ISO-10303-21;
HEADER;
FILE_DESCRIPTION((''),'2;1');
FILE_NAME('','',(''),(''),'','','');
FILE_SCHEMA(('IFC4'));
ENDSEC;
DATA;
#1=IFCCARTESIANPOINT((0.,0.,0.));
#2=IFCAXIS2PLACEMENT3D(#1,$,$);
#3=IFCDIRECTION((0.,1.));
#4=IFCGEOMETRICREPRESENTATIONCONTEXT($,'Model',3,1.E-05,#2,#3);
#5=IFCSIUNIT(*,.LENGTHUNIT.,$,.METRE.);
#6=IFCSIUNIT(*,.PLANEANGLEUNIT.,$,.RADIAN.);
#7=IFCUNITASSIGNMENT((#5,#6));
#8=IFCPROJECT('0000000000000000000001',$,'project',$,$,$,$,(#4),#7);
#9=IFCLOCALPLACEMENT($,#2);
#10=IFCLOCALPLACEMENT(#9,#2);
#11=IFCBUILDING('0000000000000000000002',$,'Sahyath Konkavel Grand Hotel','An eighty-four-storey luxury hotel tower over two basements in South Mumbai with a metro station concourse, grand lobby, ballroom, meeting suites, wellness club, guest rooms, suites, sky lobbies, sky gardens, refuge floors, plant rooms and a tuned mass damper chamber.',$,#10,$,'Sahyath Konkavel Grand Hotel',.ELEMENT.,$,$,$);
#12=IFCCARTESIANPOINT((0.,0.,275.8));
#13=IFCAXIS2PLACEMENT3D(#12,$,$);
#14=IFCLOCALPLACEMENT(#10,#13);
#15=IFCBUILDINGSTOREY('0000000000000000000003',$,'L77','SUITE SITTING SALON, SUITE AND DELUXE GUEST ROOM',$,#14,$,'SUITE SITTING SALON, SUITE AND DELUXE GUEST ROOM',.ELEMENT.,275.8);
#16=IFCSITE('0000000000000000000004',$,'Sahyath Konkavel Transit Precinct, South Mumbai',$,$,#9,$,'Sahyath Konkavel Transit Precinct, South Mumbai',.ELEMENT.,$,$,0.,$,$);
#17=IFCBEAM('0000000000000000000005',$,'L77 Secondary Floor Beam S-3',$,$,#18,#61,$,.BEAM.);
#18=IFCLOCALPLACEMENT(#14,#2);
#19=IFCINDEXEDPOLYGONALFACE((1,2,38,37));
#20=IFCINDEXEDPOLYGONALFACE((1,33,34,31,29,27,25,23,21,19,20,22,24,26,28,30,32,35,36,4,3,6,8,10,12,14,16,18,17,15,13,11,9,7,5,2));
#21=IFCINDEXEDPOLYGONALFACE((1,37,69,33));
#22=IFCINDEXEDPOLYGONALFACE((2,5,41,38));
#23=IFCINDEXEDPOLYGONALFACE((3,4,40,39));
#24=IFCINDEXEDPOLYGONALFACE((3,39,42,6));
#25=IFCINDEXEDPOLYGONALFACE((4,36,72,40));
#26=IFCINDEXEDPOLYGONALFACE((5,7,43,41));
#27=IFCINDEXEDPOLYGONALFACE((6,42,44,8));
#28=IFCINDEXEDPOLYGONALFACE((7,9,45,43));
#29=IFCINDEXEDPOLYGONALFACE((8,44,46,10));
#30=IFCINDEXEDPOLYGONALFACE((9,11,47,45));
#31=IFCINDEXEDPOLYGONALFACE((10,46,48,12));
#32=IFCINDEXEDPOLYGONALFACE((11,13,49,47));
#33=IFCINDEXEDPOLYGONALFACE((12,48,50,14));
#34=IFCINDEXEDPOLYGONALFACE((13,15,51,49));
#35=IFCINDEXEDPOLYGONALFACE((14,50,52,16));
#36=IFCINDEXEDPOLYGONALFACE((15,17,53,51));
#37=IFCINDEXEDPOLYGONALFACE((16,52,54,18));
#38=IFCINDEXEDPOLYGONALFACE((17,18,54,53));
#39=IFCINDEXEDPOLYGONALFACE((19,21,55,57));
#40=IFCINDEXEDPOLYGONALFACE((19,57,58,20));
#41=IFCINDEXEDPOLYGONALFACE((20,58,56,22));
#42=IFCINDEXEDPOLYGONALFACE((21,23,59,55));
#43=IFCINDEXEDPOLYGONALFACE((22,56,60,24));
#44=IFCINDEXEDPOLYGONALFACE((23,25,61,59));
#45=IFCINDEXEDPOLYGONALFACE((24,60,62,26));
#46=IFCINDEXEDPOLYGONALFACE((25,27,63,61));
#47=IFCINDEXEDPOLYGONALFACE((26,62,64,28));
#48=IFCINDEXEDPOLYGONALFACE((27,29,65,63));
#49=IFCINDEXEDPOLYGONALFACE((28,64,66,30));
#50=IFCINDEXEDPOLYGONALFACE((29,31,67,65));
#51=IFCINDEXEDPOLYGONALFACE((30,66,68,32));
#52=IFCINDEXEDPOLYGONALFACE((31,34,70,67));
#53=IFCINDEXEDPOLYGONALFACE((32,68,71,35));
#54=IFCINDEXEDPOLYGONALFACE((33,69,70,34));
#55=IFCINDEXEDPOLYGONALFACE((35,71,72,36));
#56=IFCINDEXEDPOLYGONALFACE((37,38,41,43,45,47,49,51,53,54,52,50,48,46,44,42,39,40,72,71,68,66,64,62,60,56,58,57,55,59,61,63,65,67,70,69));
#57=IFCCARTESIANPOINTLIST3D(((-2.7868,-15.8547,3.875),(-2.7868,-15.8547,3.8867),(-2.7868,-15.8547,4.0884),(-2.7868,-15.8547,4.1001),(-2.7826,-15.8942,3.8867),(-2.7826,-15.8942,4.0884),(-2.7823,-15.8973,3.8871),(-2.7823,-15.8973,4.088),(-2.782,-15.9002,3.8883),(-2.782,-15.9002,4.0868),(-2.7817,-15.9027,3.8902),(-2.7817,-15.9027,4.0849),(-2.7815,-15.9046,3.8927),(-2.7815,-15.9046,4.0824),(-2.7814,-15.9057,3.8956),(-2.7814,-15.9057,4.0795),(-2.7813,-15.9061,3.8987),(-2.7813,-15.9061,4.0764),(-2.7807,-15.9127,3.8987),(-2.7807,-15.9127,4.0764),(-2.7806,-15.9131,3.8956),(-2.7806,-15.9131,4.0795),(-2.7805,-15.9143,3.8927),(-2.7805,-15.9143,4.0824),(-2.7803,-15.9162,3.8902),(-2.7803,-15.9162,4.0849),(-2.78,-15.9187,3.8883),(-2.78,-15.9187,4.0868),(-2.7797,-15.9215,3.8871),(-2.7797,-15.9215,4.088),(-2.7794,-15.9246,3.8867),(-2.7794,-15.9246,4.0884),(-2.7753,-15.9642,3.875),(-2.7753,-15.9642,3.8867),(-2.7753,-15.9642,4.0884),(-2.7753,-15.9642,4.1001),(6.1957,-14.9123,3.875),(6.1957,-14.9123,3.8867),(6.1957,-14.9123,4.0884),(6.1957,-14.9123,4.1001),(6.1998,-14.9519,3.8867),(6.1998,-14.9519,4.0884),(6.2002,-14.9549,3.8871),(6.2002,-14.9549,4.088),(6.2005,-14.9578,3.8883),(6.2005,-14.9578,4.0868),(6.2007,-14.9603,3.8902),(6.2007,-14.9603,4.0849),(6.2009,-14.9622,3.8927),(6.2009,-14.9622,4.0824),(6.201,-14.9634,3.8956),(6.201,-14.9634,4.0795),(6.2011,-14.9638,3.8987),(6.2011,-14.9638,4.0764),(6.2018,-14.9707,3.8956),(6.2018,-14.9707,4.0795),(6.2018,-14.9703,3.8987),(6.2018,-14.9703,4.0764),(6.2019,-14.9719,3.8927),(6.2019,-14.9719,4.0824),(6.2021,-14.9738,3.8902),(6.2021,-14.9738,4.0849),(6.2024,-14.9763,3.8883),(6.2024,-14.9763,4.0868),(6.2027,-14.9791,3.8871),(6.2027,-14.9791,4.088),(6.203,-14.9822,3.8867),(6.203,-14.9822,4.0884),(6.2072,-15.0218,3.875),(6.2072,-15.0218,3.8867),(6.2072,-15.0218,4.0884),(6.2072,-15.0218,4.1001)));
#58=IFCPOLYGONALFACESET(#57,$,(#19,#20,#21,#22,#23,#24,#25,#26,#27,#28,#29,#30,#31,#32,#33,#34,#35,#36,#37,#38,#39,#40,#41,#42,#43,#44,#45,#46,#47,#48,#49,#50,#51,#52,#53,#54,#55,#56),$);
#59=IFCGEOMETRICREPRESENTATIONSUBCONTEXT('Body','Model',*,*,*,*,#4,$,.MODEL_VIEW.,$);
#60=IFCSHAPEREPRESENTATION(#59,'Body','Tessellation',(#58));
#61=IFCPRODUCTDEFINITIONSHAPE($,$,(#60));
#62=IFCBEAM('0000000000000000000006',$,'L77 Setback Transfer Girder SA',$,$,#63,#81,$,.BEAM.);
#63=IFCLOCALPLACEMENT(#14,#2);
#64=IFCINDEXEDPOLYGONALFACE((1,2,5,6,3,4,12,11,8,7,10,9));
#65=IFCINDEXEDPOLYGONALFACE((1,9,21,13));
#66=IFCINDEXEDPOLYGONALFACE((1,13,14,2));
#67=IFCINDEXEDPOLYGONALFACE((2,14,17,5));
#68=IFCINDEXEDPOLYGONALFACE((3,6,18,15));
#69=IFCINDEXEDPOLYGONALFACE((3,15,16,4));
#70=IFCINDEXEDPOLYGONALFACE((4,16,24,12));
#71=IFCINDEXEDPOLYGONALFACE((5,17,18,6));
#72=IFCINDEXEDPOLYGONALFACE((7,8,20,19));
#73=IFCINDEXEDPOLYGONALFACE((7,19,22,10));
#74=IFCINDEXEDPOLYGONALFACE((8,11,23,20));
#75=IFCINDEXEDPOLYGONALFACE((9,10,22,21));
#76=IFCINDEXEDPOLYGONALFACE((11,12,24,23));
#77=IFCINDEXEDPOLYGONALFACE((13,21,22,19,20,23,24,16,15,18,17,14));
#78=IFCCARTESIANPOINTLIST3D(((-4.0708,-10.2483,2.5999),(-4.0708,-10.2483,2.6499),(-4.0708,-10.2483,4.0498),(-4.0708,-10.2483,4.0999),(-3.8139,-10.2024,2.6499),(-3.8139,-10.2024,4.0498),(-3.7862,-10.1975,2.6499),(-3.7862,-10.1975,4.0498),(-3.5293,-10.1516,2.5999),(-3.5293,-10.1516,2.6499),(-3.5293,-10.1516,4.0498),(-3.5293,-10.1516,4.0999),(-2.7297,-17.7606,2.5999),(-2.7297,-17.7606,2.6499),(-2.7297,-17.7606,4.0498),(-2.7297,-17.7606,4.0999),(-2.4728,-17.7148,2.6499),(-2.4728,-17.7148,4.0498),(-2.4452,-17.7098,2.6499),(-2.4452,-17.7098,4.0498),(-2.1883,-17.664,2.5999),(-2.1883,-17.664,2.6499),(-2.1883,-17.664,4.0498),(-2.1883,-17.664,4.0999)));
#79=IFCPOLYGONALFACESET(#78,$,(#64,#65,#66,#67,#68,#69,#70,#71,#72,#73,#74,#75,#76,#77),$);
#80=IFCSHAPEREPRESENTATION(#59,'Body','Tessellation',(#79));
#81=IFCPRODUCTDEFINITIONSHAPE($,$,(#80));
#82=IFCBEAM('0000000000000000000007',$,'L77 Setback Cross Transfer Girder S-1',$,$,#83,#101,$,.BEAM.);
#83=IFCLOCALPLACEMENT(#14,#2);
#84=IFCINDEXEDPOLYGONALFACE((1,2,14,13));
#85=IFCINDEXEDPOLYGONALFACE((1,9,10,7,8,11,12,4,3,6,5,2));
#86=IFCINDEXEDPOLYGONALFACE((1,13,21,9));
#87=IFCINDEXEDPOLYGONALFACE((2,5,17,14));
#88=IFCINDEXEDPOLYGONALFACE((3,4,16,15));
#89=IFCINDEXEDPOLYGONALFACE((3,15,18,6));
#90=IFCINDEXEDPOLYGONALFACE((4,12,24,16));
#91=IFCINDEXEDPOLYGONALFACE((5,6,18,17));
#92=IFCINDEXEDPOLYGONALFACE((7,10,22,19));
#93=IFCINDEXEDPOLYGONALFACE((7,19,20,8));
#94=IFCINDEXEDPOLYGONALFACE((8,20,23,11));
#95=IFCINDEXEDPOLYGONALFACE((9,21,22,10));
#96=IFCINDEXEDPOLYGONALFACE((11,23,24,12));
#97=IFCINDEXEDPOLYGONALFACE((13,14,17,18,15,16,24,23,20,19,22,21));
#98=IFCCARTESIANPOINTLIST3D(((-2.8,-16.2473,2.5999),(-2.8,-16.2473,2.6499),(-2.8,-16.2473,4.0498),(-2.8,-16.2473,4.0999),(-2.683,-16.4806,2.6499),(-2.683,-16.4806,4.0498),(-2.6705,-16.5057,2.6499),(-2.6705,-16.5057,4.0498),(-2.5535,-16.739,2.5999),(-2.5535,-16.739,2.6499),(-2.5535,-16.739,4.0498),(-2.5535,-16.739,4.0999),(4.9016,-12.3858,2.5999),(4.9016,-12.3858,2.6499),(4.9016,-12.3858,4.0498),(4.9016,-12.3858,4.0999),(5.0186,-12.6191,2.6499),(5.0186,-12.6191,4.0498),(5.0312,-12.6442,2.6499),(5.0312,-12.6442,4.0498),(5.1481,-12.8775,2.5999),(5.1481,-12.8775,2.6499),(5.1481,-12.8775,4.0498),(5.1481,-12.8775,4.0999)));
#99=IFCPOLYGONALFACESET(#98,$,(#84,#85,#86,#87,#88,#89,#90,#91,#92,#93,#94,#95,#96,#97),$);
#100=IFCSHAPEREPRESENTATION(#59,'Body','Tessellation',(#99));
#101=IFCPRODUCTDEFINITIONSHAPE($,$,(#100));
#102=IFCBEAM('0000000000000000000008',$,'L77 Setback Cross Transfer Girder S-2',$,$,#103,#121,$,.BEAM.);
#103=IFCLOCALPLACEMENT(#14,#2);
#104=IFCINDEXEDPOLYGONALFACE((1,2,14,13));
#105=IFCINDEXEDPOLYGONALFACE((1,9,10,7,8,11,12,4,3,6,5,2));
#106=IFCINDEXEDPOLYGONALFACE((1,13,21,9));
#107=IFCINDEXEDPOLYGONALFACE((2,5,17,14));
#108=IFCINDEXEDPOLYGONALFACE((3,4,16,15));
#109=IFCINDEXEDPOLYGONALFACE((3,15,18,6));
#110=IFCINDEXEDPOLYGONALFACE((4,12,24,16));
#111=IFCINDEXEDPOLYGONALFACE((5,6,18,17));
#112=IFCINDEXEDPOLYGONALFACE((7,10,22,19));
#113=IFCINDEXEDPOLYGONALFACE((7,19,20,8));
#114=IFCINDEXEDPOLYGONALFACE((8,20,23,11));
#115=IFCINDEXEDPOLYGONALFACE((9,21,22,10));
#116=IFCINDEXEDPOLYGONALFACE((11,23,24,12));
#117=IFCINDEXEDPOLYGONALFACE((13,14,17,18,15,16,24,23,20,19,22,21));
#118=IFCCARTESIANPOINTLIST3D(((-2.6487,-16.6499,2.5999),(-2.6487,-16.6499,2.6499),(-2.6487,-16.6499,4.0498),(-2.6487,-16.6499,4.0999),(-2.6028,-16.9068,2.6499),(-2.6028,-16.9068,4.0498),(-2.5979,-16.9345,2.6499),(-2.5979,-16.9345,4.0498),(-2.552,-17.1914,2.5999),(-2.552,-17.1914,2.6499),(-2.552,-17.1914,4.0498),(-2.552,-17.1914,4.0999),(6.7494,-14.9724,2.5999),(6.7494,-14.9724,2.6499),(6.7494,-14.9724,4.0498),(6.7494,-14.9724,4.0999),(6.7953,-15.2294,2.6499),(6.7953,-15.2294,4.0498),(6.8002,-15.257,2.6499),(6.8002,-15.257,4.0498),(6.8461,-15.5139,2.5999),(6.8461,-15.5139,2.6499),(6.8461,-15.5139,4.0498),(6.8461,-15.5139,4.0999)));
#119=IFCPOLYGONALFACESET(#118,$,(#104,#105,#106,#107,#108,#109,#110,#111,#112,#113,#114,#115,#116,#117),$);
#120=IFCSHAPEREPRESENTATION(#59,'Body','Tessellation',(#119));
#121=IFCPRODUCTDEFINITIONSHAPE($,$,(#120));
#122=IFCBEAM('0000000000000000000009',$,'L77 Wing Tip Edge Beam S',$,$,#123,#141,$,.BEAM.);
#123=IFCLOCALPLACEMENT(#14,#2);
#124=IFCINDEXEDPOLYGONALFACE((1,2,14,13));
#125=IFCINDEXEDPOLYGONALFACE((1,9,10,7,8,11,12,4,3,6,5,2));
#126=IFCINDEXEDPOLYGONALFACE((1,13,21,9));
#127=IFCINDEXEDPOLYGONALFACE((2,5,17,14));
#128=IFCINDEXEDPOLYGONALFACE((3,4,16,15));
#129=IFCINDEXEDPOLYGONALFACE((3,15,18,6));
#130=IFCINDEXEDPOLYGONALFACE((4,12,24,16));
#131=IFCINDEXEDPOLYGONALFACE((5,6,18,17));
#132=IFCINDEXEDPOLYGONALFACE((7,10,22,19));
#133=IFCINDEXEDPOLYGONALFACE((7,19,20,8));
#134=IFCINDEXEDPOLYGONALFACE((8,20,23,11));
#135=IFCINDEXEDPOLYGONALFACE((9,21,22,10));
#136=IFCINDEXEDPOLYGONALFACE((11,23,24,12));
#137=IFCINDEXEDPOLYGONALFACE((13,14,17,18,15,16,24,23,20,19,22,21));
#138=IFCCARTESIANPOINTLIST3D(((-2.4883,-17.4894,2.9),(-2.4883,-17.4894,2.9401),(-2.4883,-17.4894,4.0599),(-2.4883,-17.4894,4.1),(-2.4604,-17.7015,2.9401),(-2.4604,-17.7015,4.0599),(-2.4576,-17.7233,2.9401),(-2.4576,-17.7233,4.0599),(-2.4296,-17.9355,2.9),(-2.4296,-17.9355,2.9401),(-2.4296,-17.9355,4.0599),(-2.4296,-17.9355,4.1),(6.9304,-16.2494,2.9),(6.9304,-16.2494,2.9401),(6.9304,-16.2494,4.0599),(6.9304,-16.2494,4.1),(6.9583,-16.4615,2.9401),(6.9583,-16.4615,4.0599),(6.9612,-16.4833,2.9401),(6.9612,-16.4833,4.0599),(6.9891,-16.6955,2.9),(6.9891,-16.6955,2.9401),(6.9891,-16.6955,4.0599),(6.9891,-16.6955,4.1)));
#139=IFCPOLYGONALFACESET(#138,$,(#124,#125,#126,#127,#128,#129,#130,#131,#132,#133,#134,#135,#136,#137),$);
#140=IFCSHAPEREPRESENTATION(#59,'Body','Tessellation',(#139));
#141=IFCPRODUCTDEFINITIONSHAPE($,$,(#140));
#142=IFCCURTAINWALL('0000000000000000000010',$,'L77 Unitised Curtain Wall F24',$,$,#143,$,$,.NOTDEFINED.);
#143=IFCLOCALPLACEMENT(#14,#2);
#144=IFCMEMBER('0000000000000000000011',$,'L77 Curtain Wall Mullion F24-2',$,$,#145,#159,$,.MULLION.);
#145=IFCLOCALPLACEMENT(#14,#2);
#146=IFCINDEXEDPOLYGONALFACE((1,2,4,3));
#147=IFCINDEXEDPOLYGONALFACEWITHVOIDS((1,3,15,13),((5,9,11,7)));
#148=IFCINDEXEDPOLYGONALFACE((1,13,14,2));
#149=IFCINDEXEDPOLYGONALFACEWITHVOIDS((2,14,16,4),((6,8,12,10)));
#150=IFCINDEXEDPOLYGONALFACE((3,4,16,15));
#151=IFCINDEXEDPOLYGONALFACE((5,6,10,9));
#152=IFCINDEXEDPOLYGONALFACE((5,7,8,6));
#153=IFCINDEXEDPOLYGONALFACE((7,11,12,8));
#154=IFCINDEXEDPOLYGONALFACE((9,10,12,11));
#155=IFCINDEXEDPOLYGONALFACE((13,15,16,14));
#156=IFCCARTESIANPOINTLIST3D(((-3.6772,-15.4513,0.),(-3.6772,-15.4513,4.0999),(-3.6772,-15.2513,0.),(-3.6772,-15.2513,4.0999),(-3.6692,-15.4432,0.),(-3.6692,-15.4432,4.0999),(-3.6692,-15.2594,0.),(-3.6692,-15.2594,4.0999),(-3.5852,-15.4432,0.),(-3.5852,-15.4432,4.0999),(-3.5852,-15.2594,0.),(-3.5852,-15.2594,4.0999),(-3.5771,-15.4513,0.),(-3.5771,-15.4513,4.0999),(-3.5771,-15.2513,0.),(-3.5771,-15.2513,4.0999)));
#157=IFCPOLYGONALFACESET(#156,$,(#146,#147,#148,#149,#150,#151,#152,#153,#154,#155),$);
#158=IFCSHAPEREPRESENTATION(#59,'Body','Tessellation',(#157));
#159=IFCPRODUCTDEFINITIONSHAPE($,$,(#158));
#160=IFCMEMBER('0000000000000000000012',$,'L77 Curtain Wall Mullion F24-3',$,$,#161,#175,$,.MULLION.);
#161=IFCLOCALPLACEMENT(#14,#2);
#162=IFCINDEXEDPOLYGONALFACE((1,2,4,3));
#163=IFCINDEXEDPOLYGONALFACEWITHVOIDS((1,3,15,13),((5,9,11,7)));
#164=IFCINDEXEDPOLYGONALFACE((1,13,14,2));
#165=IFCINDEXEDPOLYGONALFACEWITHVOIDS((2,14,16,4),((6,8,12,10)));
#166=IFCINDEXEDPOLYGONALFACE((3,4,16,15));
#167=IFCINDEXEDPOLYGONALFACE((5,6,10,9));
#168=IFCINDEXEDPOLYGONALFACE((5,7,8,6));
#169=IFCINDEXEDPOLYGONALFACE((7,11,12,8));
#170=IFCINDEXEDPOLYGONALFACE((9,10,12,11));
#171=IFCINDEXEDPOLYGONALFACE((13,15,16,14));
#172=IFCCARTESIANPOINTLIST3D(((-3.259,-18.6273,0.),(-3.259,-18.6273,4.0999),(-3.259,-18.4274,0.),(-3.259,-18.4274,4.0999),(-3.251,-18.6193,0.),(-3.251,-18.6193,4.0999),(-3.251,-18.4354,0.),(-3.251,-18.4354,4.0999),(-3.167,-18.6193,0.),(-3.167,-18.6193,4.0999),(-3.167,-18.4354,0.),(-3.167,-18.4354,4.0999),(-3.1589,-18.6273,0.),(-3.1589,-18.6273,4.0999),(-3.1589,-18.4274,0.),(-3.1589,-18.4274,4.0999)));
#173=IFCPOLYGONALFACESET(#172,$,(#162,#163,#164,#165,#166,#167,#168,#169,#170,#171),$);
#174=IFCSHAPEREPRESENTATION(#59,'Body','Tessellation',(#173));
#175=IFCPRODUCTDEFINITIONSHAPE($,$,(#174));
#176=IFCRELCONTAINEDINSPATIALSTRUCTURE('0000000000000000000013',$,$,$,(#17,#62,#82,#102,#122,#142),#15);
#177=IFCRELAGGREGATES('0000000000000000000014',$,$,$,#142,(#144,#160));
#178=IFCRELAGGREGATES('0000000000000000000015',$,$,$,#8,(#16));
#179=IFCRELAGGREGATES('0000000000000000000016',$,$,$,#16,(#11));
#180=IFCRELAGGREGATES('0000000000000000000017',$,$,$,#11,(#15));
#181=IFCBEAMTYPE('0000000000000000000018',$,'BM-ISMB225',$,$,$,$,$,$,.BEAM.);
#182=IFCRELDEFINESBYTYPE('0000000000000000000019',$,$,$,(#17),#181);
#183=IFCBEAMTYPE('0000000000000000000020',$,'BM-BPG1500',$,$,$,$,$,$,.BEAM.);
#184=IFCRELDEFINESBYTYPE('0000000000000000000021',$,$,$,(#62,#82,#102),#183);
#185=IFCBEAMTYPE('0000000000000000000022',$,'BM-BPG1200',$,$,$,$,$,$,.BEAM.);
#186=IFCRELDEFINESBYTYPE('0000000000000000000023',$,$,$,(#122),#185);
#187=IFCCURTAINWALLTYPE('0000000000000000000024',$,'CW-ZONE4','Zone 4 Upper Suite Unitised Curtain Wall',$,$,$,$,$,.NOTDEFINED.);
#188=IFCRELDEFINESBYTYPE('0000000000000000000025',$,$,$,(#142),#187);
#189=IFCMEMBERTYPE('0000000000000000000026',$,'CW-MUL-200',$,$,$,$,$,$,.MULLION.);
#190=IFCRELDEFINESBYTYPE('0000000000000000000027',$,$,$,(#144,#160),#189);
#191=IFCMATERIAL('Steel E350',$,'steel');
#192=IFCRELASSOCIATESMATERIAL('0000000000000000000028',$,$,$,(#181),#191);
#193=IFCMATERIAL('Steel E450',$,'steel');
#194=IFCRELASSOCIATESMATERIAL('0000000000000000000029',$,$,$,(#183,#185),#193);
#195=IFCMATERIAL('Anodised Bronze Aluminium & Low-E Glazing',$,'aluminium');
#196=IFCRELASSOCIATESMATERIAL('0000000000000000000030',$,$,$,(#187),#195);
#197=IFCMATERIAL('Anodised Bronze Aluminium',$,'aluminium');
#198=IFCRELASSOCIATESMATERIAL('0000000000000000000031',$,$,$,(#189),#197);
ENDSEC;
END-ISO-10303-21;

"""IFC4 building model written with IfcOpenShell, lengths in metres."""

from ifc_helpers import new_model, si_unit, direction, frame, origin, origin_2d, place, context, subcontext, project, spatial, hollow_rectangle, i_section, extrude, source, transform, mapped, material, material_profile, profile_set, type_object, element, aggregate, save


model = new_model("IFC4")

# Units and contexts
model_context = context("Model", 3, precision=1e-05, world=origin(), true_north=direction((0.0, 1.0)))
body_context = subcontext(model_context, "Body", "Model", "MODEL_VIEW")
ifc_project = project(units=[si_unit("LENGTHUNIT", "METRE"), si_unit("PLANEANGLEUNIT", "RADIAN")], contexts=[model_context])

# Site, building, storey
site_placement = place(None, origin())
site = spatial("IfcSite", under=ifc_project, at=site_placement, Name="Sahyath Konkavel Transit Precinct, South Mumbai", LongName="Sahyath Konkavel Transit Precinct, South Mumbai", CompositionType="ELEMENT", RefElevation=0.0)
building_placement = place(site_placement, origin())
building = spatial("IfcBuilding", under=site, at=building_placement, Name="Sahyath Konkavel Grand Hotel", Description="An eighty-four-storey luxury hotel tower over two basements in South Mumbai with a metro station concourse, grand lobby, ballroom, meeting suites, wellness club, guest rooms, suites, sky lobbies, sky gardens, refuge floors, plant rooms and a tuned mass damper chamber.", LongName="Sahyath Konkavel Grand Hotel", CompositionType="ELEMENT")
storey_placement = place(building_placement, frame((0.0, 0.0, 275.8)))
storey = spatial("IfcBuildingStorey", under=building, at=storey_placement, Name="L77", Description="SUITE SITTING SALON, SUITE AND DELUXE GUEST ROOM", LongName="SUITE SITTING SALON, SUITE AND DELUXE GUEST ROOM", CompositionType="ELEMENT", Elevation=275.8)

# Beams
ifc_material_1 = material(Name="Steel E350", Category="steel")
ifc_material_profile_1 = material_profile(ifc_material_1, i_section(OverallWidth=0.1101, OverallDepth=0.2251, WebThickness=0.0066, FlangeThickness=0.0117, FilletRadius=0.012, at=origin_2d()), Name="ISMB 225")
ifc_profile_set_1 = profile_set([ifc_material_profile_1], Name="Steel E350")
beam_type_1 = type_object("IfcBeamType", Name="BM-ISMB225", PredefinedType="BEAM", material=ifc_profile_set_1)
shared_shape_1 = source(origin(), body_context, "Body", "SweptSolid", [
    extrude(i_section(OverallWidth=0.1101, OverallDepth=0.2251, WebThickness=0.0066, FlangeThickness=0.0117, FilletRadius=0.012, at=origin_2d()), origin(), (0.0, 0.0, 1.0), 9.0317),
])
beam_1_placement = place(storey_placement, frame((-2.781, -15.9094, 3.9875), z_axis=(0.994542, 0.104341, 0.0), x_axis=(-0.104341, 0.994542, 0.0)))
element("IfcBeam", 1, at=beam_1_placement, inside=storey, type_object=beam_type_1, Name="L77 Secondary Floor Beam S-3", PredefinedType="BEAM", context=body_context, shape_type="MappedRepresentation", body=[
    mapped(shared_shape_1, transform((0.0, 0.0, 0.0), scale=1.0)),
])
ifc_material_2 = material(Name="Steel E450", Category="steel")
ifc_material_profile_2 = material_profile(ifc_material_2, i_section(OverallWidth=0.55, OverallDepth=1.5, WebThickness=0.0281, FlangeThickness=0.05, at=origin_2d()), Name="BPG 1500x550")
ifc_profile_set_2 = profile_set([ifc_material_profile_2], Name="Steel E450")
beam_type_2 = type_object("IfcBeamType", Name="BM-BPG1500", PredefinedType="BEAM", material=ifc_profile_set_2)
shared_shape_2 = source(origin(), body_context, "Body", "SweptSolid", [
    extrude(i_section(OverallWidth=0.55, OverallDepth=1.5, WebThickness=0.0281, FlangeThickness=0.05, at=origin_2d()), origin(), (0.0, 0.0, 1.0), 7.6311),
])
beam_2_placement = place(storey_placement, frame((-3.8, -10.2, 3.3499), z_axis=(0.175734, -0.984438, 0.0), x_axis=(0.984438, 0.175734, 0.0)))
element("IfcBeam", 2, at=beam_2_placement, inside=storey, type_object=beam_type_2, Name="L77 Setback Transfer Girder SA", PredefinedType="BEAM", context=body_context, shape_type="MappedRepresentation", body=[
    mapped(shared_shape_2, transform((0.0, 0.0, 0.0), scale=1.0)),
])
shared_shape_3 = source(origin(), body_context, "Body", "SweptSolid", [
    extrude(i_section(OverallWidth=0.55, OverallDepth=1.5, WebThickness=0.0281, FlangeThickness=0.05, at=origin_2d()), origin(), (0.0, 0.0, 1.0), 8.6155),
])
beam_3_placement = place(storey_placement, frame((-2.6768, -16.4932, 3.3499), z_axis=(0.893928, 0.448211, 0.0), x_axis=(-0.448211, 0.893928, 0.0)))
element("IfcBeam", 3, at=beam_3_placement, inside=storey, type_object=beam_type_2, Name="L77 Setback Cross Transfer Girder S-1", PredefinedType="BEAM", context=body_context, shape_type="MappedRepresentation", body=[
    mapped(shared_shape_3, transform((0.0, 0.0, 0.0), scale=1.0)),
])
shared_shape_4 = source(origin(), body_context, "Body", "SweptSolid", [
    extrude(i_section(OverallWidth=0.55, OverallDepth=1.5, WebThickness=0.0281, FlangeThickness=0.05, at=origin_2d()), origin(), (0.0, 0.0, 1.0), 9.5466),
])
beam_4_placement = place(storey_placement, frame((-2.6003, -16.9207, 3.3499), z_axis=(0.984441, 0.175714, 0.0), x_axis=(-0.175714, 0.984441, 0.0)))
element("IfcBeam", 4, at=beam_4_placement, inside=storey, type_object=beam_type_2, Name="L77 Setback Cross Transfer Girder S-2", PredefinedType="BEAM", context=body_context, shape_type="MappedRepresentation", body=[
    mapped(shared_shape_4, transform((0.0, 0.0, 0.0), scale=1.0)),
])
ifc_material_profile_3 = material_profile(ifc_material_2, i_section(OverallWidth=0.45, OverallDepth=1.2, WebThickness=0.022, FlangeThickness=0.04, at=origin_2d()), Name="BPG 1200x450")
ifc_profile_set_3 = profile_set([ifc_material_profile_3], Name="Steel E450")
beam_type_3 = type_object("IfcBeamType", Name="BM-BPG1200", PredefinedType="BEAM", material=ifc_profile_set_3)
shared_shape_5 = source(origin(), body_context, "Body", "SweptSolid", [
    extrude(i_section(OverallWidth=0.45, OverallDepth=1.2, WebThickness=0.022, FlangeThickness=0.04, at=origin_2d()), origin(), (0.0, 0.0, 1.0), 9.5),
])
beam_5_placement = place(storey_placement, frame((-2.459, -17.7124, 3.5), z_axis=(0.991445, 0.130526, 0.0), x_axis=(-0.130526, 0.991445, 0.0)))
element("IfcBeam", 5, at=beam_5_placement, inside=storey, type_object=beam_type_3, Name="L77 Wing Tip Edge Beam S", PredefinedType="BEAM", context=body_context, shape_type="MappedRepresentation", body=[
    mapped(shared_shape_5, transform((0.0, 0.0, 0.0), scale=1.0)),
])

# Curtain wall, members
ifc_material_3 = material(Name="Anodised Bronze Aluminium & Low-E Glazing", Category="aluminium")
curtain_wall_type = type_object("IfcCurtainWallType", Name="CW-ZONE4", Description="Zone 4 Upper Suite Unitised Curtain Wall", PredefinedType="NOTDEFINED", material=ifc_material_3)
curtain_wall_1_placement = place(storey_placement, origin())
curtain_wall_1 = element("IfcCurtainWall", 6, at=curtain_wall_1_placement, inside=storey, type_object=curtain_wall_type, Name="L77 Unitised Curtain Wall F24", PredefinedType="NOTDEFINED")
ifc_material_4 = material(Name="Anodised Bronze Aluminium", Category="aluminium")
ifc_material_profile_4 = material_profile(ifc_material_4, hollow_rectangle(XDim=0.1001, YDim=0.2, WallThickness=0.0081, at=origin_2d()), Name="RHS 200x100x8")
ifc_profile_set_4 = profile_set([ifc_material_profile_4], Name="Anodised Bronze Aluminium")
member_type_1 = type_object("IfcMemberType", Name="CW-MUL-200", PredefinedType="MULLION", material=ifc_profile_set_4)
shared_shape_6 = source(origin(), body_context, "Body", "SweptSolid", [
    extrude(hollow_rectangle(XDim=0.1001, YDim=0.2, WallThickness=0.0081, at=origin_2d()), origin(), (0.0, 0.0, 1.0), 4.0999),
])
member_1_placement = place(storey_placement, frame((-3.6272, -15.3513, 0.0), z_axis=(0.0, 0.0, 1.0), x_axis=(1.0, 0.0, 0.0)))
member_1 = element("IfcMember", 7, at=member_1_placement, type_object=member_type_1, Name="L77 Curtain Wall Mullion F24-2", PredefinedType="MULLION", context=body_context, shape_type="MappedRepresentation", body=[
    mapped(shared_shape_6, transform((0.0, 0.0, 0.0), scale=1.0)),
])
member_2_placement = place(storey_placement, frame((-3.209, -18.5273, 0.0), z_axis=(0.0, 0.0, 1.0), x_axis=(1.0, 0.0, 0.0)))
member_2 = element("IfcMember", 8, at=member_2_placement, type_object=member_type_1, Name="L77 Curtain Wall Mullion F24-3", PredefinedType="MULLION", context=body_context, shape_type="MappedRepresentation", body=[
    mapped(shared_shape_6, transform((0.0, 0.0, 0.0), scale=1.0)),
])

aggregate(curtain_wall_1, [member_1, member_2])

save(model, "model.ifc")
